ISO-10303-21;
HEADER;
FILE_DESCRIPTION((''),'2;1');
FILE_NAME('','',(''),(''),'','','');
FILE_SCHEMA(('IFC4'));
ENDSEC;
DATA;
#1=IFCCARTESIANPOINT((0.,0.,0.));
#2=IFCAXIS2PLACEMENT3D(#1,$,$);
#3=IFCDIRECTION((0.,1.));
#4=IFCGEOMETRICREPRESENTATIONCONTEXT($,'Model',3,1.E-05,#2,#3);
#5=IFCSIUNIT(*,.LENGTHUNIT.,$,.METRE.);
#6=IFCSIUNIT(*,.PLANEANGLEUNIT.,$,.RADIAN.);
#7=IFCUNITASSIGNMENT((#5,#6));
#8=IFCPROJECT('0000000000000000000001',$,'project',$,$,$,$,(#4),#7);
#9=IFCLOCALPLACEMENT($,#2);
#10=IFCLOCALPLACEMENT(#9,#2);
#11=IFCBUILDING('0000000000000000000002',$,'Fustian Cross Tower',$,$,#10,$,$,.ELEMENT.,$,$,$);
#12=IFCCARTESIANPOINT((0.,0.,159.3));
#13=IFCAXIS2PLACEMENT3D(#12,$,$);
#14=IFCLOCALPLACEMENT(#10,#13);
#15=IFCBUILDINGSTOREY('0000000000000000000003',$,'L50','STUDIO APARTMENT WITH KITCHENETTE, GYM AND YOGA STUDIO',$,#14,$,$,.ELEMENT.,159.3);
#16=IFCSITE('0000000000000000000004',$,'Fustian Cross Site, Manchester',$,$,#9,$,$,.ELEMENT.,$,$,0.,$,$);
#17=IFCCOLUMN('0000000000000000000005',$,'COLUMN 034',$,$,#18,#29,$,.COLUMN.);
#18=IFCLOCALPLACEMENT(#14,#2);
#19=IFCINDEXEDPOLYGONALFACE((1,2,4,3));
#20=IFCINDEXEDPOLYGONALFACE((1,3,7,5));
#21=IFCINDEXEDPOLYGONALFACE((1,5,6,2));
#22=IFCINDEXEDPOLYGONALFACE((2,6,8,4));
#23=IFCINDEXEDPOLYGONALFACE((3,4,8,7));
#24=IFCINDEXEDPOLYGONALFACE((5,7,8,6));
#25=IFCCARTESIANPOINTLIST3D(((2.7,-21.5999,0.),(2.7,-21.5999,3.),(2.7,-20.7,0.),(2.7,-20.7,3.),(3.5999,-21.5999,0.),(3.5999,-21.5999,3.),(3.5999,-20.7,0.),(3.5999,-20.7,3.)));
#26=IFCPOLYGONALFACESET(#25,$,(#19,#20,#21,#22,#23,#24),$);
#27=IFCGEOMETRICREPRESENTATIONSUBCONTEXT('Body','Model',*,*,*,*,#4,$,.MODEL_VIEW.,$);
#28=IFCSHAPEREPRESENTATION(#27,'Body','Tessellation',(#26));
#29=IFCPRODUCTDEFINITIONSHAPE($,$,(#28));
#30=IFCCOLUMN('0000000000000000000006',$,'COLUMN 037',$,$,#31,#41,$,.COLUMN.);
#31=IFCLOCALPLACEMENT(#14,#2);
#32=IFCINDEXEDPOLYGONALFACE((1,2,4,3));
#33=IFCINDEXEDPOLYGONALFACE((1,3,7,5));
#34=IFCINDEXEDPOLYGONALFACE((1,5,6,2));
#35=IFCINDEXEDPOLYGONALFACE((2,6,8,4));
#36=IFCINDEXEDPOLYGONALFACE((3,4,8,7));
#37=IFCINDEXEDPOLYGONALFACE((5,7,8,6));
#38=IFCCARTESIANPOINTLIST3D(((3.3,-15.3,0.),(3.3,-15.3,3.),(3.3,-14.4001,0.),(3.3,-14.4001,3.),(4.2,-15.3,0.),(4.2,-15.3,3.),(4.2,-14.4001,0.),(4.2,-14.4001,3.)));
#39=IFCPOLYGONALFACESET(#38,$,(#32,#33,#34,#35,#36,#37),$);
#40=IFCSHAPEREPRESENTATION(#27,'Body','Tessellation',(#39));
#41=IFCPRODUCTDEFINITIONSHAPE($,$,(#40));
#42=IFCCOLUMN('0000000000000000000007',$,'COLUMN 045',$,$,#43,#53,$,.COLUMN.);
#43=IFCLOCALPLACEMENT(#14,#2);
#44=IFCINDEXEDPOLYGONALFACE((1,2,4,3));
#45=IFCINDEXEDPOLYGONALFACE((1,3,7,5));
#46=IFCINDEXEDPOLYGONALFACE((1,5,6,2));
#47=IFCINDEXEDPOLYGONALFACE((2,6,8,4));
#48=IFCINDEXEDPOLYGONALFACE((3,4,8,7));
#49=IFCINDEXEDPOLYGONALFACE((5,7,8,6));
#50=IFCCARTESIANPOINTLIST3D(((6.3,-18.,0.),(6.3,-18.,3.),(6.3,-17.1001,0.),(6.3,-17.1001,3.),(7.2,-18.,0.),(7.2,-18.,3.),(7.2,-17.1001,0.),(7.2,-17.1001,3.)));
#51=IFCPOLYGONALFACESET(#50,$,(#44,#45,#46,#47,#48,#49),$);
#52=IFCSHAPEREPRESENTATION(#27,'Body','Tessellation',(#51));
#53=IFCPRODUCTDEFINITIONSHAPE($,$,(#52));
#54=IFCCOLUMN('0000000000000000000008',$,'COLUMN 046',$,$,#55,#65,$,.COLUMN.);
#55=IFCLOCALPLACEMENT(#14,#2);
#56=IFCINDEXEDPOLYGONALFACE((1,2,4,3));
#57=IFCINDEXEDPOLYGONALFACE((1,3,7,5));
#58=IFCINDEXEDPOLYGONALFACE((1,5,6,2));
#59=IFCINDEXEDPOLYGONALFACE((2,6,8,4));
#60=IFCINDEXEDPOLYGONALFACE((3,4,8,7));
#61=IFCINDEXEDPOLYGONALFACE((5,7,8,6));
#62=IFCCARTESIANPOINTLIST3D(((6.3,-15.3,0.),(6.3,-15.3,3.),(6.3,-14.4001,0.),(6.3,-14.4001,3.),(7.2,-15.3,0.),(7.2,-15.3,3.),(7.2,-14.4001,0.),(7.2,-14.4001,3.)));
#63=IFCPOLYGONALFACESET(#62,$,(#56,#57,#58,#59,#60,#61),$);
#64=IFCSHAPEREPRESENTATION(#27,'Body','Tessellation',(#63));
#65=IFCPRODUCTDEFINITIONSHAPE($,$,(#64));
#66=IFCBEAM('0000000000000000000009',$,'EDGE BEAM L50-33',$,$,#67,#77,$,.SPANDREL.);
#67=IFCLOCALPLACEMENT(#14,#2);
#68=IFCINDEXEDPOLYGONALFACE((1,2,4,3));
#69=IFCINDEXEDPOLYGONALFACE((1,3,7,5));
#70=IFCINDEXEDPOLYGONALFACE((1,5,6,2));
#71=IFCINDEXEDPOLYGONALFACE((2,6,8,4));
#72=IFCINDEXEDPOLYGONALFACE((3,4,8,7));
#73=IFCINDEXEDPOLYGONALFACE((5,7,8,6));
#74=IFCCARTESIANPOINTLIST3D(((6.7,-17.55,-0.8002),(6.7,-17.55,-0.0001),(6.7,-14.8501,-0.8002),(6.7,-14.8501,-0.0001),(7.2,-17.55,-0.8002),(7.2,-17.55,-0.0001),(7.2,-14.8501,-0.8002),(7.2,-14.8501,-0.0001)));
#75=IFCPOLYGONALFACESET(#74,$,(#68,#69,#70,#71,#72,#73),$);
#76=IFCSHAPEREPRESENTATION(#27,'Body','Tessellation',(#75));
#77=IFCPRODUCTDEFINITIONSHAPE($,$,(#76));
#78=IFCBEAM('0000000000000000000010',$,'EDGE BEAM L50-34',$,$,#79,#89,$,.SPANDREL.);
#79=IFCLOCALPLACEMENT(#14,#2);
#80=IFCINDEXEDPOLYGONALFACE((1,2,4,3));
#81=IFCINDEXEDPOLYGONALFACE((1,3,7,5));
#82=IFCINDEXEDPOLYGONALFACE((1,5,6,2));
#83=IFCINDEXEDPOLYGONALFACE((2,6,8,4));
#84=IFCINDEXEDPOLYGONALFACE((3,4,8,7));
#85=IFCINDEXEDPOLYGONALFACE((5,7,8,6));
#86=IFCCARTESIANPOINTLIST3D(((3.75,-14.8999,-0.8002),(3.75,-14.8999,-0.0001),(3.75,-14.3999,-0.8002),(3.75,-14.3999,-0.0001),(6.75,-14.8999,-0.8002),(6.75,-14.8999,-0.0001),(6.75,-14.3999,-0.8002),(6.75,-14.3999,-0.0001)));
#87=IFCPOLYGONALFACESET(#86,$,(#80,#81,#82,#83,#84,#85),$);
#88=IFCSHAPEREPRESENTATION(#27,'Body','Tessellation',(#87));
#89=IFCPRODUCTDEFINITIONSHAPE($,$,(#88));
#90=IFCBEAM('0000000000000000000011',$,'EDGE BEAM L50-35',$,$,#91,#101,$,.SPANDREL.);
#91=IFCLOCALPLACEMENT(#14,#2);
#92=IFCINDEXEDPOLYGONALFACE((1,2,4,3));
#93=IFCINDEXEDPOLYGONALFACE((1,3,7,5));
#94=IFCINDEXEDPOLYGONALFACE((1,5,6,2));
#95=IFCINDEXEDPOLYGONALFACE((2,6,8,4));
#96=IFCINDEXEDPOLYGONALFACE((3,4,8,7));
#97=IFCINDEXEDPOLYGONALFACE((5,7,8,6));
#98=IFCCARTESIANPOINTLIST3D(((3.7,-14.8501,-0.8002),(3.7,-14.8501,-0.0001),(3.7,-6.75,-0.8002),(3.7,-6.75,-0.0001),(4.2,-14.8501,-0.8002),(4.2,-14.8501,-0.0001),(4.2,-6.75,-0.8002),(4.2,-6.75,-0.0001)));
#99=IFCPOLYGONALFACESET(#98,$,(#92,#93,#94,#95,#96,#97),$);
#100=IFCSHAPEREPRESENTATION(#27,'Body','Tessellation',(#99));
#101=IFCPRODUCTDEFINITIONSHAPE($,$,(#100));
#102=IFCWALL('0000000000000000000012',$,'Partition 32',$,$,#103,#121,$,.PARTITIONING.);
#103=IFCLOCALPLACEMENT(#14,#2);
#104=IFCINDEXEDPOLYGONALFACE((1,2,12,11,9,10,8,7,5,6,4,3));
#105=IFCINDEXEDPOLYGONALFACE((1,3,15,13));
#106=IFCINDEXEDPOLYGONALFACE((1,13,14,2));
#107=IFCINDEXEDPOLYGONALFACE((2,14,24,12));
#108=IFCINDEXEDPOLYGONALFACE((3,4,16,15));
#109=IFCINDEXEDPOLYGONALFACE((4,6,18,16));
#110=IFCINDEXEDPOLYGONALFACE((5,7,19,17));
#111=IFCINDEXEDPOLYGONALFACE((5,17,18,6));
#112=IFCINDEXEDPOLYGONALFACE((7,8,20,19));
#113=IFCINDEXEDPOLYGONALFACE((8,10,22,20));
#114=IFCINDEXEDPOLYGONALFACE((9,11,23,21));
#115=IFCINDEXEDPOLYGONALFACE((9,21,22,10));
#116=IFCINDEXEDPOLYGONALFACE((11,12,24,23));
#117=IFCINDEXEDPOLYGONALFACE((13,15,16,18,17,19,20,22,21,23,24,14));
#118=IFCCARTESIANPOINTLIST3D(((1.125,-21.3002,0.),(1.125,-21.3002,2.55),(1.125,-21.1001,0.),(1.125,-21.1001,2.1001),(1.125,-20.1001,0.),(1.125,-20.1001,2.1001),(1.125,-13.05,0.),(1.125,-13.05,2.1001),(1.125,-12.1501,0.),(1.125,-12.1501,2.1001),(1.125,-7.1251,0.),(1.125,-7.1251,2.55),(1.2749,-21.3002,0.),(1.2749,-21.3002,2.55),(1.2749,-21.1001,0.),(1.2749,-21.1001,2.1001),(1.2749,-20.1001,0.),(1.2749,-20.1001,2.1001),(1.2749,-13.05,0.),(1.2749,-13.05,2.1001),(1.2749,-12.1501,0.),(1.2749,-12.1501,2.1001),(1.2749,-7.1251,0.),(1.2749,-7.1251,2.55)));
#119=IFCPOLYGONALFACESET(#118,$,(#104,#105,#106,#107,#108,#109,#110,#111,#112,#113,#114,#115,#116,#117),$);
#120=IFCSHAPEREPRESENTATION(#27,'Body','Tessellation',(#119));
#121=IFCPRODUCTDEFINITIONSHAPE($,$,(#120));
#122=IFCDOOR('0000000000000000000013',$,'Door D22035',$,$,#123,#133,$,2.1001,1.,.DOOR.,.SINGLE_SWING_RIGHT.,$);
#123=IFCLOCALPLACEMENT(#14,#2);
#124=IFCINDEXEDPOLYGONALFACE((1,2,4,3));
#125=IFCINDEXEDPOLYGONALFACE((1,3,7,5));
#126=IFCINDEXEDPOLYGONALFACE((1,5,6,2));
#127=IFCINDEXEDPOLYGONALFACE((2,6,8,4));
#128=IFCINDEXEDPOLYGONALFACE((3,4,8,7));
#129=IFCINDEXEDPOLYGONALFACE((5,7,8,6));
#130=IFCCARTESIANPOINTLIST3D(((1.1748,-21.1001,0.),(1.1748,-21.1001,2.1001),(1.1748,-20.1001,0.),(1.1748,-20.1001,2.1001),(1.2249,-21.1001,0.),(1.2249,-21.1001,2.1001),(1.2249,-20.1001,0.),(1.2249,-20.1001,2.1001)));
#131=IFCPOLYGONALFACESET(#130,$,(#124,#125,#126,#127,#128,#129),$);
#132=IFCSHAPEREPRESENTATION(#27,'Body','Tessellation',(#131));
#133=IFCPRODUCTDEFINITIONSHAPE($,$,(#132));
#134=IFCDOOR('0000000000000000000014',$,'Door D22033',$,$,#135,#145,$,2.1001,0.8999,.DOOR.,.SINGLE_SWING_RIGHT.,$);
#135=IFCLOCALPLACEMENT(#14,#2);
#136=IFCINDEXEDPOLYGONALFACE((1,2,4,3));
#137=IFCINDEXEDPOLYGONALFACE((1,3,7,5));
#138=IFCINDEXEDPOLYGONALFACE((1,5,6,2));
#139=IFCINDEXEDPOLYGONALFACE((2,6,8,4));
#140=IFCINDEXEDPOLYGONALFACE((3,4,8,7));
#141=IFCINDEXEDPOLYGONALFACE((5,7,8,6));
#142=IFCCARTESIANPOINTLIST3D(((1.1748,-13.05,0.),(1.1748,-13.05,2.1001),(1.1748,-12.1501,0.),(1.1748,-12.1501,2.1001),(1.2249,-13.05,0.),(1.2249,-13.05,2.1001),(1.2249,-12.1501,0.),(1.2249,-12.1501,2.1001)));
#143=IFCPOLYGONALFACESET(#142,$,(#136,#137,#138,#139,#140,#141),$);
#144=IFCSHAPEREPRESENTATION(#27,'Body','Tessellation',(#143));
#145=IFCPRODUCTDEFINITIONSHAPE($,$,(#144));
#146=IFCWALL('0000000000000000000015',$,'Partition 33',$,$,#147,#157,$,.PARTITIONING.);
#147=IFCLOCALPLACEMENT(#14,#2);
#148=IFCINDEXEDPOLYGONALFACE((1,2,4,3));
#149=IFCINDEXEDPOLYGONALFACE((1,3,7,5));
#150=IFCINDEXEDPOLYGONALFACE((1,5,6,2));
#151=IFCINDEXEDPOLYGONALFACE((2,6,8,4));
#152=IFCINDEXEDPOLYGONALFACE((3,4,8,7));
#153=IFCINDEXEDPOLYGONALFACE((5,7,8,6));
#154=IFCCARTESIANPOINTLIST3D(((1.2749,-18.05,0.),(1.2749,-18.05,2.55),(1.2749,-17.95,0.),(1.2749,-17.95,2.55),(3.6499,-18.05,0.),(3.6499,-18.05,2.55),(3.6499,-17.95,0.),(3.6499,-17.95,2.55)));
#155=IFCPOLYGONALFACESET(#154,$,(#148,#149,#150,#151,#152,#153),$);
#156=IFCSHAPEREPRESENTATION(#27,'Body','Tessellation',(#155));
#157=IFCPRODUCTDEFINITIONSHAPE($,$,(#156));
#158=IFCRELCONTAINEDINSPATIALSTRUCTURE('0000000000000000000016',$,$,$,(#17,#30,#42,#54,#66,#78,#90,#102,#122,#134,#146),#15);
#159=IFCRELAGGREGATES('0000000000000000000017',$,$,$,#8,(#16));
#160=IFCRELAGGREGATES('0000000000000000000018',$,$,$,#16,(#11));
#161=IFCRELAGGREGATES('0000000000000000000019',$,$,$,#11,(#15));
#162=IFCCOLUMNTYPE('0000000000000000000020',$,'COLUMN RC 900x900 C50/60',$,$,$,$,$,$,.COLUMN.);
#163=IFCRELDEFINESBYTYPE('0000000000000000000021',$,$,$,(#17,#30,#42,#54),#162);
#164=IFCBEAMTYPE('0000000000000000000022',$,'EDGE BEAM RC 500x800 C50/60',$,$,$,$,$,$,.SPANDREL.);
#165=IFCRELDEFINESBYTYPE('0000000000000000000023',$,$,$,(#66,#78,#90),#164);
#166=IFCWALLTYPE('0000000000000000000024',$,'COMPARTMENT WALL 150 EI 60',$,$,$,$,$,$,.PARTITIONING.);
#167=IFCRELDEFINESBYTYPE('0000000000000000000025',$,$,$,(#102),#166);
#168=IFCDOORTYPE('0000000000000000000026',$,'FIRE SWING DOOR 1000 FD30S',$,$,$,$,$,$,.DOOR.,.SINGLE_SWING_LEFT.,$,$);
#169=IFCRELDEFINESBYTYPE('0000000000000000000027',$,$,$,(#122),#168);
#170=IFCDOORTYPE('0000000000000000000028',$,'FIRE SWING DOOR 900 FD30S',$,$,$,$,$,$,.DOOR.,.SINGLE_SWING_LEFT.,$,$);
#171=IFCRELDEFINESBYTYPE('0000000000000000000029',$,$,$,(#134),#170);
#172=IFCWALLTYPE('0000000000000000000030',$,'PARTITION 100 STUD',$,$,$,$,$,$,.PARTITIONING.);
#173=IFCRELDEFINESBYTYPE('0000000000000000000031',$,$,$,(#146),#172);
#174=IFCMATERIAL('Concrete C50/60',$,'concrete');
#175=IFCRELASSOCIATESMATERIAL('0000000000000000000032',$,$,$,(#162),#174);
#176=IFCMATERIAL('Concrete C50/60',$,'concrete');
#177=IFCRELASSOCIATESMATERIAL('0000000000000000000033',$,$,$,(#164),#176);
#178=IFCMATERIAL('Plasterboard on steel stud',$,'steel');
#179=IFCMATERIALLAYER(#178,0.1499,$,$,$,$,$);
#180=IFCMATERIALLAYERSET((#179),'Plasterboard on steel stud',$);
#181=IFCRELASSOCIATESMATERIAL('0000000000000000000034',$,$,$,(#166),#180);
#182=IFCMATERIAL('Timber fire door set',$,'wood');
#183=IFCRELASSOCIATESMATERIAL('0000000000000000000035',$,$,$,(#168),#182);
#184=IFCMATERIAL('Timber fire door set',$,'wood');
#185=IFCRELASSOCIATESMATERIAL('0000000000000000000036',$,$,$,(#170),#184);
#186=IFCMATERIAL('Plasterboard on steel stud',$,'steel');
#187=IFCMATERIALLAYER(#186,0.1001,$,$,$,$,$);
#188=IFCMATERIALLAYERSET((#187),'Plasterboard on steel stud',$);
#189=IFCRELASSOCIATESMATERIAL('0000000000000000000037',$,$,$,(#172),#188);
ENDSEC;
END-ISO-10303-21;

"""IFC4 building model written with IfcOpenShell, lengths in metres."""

from ifc_helpers import new_model, si_unit, direction, frame, frame_2d, origin, origin_2d, place, context, subcontext, project, spatial, rectangle, extrude, material, layer, layer_set, material_profile, profile_set, type_object, element, fill, save


model = new_model("IFC4")

# Units and contexts
model_context = context("Model", 3, precision=1e-05, world=origin(), true_north=direction((0.0, 1.0)))
body_context = subcontext(model_context, "Body", "Model", "MODEL_VIEW")
ifc_project = project(units=[si_unit("LENGTHUNIT", "METRE"), si_unit("PLANEANGLEUNIT", "RADIAN")], contexts=[model_context])

# Site, building, storey
site_placement = place(None, origin())
site = spatial("IfcSite", under=ifc_project, at=site_placement, Name="Fustian Cross Site, Manchester", CompositionType="ELEMENT", RefElevation=0.0)
building_placement = place(site_placement, origin())
building = spatial("IfcBuilding", under=site, at=building_placement, Name="Fustian Cross Tower", CompositionType="ELEMENT")
storey_placement = place(building_placement, frame((0.0, 0.0, 159.3)))
storey = spatial("IfcBuildingStorey", under=building, at=storey_placement, Name="L50", Description="STUDIO APARTMENT WITH KITCHENETTE, GYM AND YOGA STUDIO", CompositionType="ELEMENT", Elevation=159.3)

# Columns
ifc_material_1 = material(Name="Concrete C50/60", Category="concrete")
ifc_material_profile_1 = material_profile(ifc_material_1, rectangle(XDim=0.8999, YDim=0.8999, at=origin_2d()), Name="RC 900x900")
ifc_profile_set_1 = profile_set([ifc_material_profile_1], Name="Concrete C50/60")
column_type = type_object("IfcColumnType", Name="COLUMN RC 900x900 C50/60", PredefinedType="COLUMN", material=ifc_profile_set_1)
for number, where, z_axis, x_axis, name in (
    (1, (3.1499, -21.1499, 0.0), (0.0, 0.0, 1.0), (1.0, 0.0, 0.0), "COLUMN 034"),
    (2, (3.75, -14.8501, 0.0), (0.0, 0.0, 1.0), (1.0, 0.0, 0.0), "COLUMN 037"),
    (3, (6.75, -17.55, 0.0), (0.0, 0.0, 1.0), (1.0, 0.0, 0.0), "COLUMN 045"),
    (4, (6.75, -14.8501, 0.0), (0.0, 0.0, 1.0), (1.0, 0.0, 0.0), "COLUMN 046"),
):
    element("IfcColumn", number, at=place(storey_placement, frame(where, z_axis=z_axis, x_axis=x_axis)), inside=storey, type_object=column_type, Name=name, PredefinedType="COLUMN", context=body_context, shape_type="SweptSolid", body=[
        extrude(rectangle(XDim=0.8999, YDim=0.8999, at=origin_2d()), origin(), (0.0, 0.0, 1.0), 3.0),
    ])

# Beams
ifc_material_2 = material(Name="Concrete C50/60", Category="concrete")
ifc_material_profile_2 = material_profile(ifc_material_2, rectangle(XDim=0.5, YDim=0.8, at=origin_2d()), Name="RC 500x800")
ifc_profile_set_2 = profile_set([ifc_material_profile_2], Name="Concrete C50/60")
beam_type = type_object("IfcBeamType", Name="EDGE BEAM RC 500x800 C50/60", PredefinedType="SPANDREL", material=ifc_profile_set_2)
beam_1_placement = place(storey_placement, frame((6.95, -17.55, -0.4001), z_axis=(0.0, 1.0, 0.0), x_axis=(-1.0, 0.0, 0.0)))
element("IfcBeam", 5, at=beam_1_placement, inside=storey, type_object=beam_type, Name="EDGE BEAM L50-33", PredefinedType="SPANDREL", context=body_context, shape_type="SweptSolid", body=[
    extrude(rectangle(XDim=0.5, YDim=0.8, at=origin_2d()), origin(), (0.0, 0.0, 1.0), 2.7),
])
beam_2_placement = place(storey_placement, frame((6.75, -14.6499, -0.4001), z_axis=(-1.0, 0.0, 0.0), x_axis=(0.0, -1.0, 0.0)))
element("IfcBeam", 6, at=beam_2_placement, inside=storey, type_object=beam_type, Name="EDGE BEAM L50-34", PredefinedType="SPANDREL", context=body_context, shape_type="SweptSolid", body=[
    extrude(rectangle(XDim=0.5, YDim=0.8, at=origin_2d()), origin(), (0.0, 0.0, 1.0), 3.0),
])
beam_3_placement = place(storey_placement, frame((3.95, -14.8501, -0.4001), z_axis=(0.0, 1.0, 0.0), x_axis=(-1.0, 0.0, 0.0)))
element("IfcBeam", 7, at=beam_3_placement, inside=storey, type_object=beam_type, Name="EDGE BEAM L50-35", PredefinedType="SPANDREL", context=body_context, shape_type="SweptSolid", body=[
    extrude(rectangle(XDim=0.5, YDim=0.8, at=origin_2d()), origin(), (0.0, 0.0, 1.0), 8.1001),
])

# Wall, openings, doors
ifc_material_3 = material(Name="Plasterboard on steel stud", Category="steel")
ifc_layer_1 = layer(ifc_material_3, 0.1499)
ifc_layer_set_1 = layer_set([ifc_layer_1], Name="Plasterboard on steel stud")
wall_type_1 = type_object("IfcWallType", Name="COMPARTMENT WALL 150 EI 60", PredefinedType="PARTITIONING", material=ifc_layer_set_1)
wall_1_placement = place(storey_placement, frame((1.2, -21.3, 0.0), z_axis=(0.0, 0.0, 1.0), x_axis=(0.0, 1.0, 0.0)))
wall_1 = element("IfcWall", 8, at=wall_1_placement, inside=storey, type_object=wall_type_1, Name="Partition 32", PredefinedType="PARTITIONING", context=body_context, shape_type="SweptSolid", body=[
    extrude(rectangle(XDim=14.175, YDim=0.1499, at=frame_2d((7.0874, 0.0))), origin(), (0.0, 0.0, 1.0), 2.55),
])
opening_1_placement = place(wall_1_placement, frame((8.25, 0.0, 0.0)))
opening_1 = element("IfcOpeningElement", 9, at=opening_1_placement, cuts=wall_1, PredefinedType="OPENING", context=body_context, shape_type="SweptSolid", body=[
    extrude(rectangle(XDim=0.8999, YDim=2.1001, at=frame_2d((0.45, 1.05))), frame((0.0, 0.085, 0.0), z_axis=(0.0, -1.0, 0.0), x_axis=(1.0, 0.0, 0.0)), (0.0, 0.0, 1.0), 0.1699),
])
opening_2_placement = place(wall_1_placement, frame((0.2, 0.0, 0.0)))
opening_2 = element("IfcOpeningElement", 10, at=opening_2_placement, cuts=wall_1, PredefinedType="OPENING", context=body_context, shape_type="SweptSolid", body=[
    extrude(rectangle(XDim=1.0, YDim=2.1001, at=frame_2d((0.5, 1.05))), frame((0.0, 0.085, 0.0), z_axis=(0.0, -1.0, 0.0), x_axis=(1.0, 0.0, 0.0)), (0.0, 0.0, 1.0), 0.1699),
])
ifc_material_4 = material(Name="Timber fire door set", Category="wood")
door_type_1 = type_object("IfcDoorType", Name="FIRE SWING DOOR 1000 FD30S", OperationType="SINGLE_SWING_LEFT", PredefinedType="DOOR", material=ifc_material_4)
door_1_placement = place(opening_2_placement, frame((1.0, 0.0, 0.0), z_axis=(0.0, 0.0, 1.0), x_axis=(-1.0, 0.0, 0.0)))
door_1 = element("IfcDoor", 11, at=door_1_placement, inside=storey, type_object=door_type_1, Name="Door D22035", OperationType="SINGLE_SWING_RIGHT", OverallHeight=2.1001, OverallWidth=1.0, PredefinedType="DOOR", context=body_context, shape_type="SweptSolid", body=[
    extrude(rectangle(XDim=1.0, YDim=2.1001, at=frame_2d((0.5, 1.05))), frame((0.0, 0.0249, 0.0), z_axis=(0.0, -1.0, 0.0), x_axis=(1.0, 0.0, 0.0)), (0.0, 0.0, 1.0), 0.05),
])
fill(opening_2, door_1)
ifc_material_5 = material(Name="Timber fire door set", Category="wood")
door_type_2 = type_object("IfcDoorType", Name="FIRE SWING DOOR 900 FD30S", OperationType="SINGLE_SWING_LEFT", PredefinedType="DOOR", material=ifc_material_5)
door_2_placement = place(opening_1_placement, frame((0.8999, 0.0, 0.0), z_axis=(0.0, 0.0, 1.0), x_axis=(-1.0, 0.0, 0.0)))
door_2 = element("IfcDoor", 12, at=door_2_placement, inside=storey, type_object=door_type_2, Name="Door D22033", OperationType="SINGLE_SWING_RIGHT", OverallHeight=2.1001, OverallWidth=0.8999, PredefinedType="DOOR", context=body_context, shape_type="SweptSolid", body=[
    extrude(rectangle(XDim=0.8999, YDim=2.1001, at=frame_2d((0.45, 1.05))), frame((0.0, 0.0249, 0.0), z_axis=(0.0, -1.0, 0.0), x_axis=(1.0, 0.0, 0.0)), (0.0, 0.0, 1.0), 0.05),
])
fill(opening_1, door_2)

# Wall
ifc_material_6 = material(Name="Plasterboard on steel stud", Category="steel")
ifc_layer_2 = layer(ifc_material_6, 0.1001)
ifc_layer_set_2 = layer_set([ifc_layer_2], Name="Plasterboard on steel stud")
wall_type_2 = type_object("IfcWallType", Name="PARTITION 100 STUD", PredefinedType="PARTITIONING", material=ifc_layer_set_2)
wall_2_placement = place(storey_placement, frame((1.2749, -18.0, 0.0), z_axis=(0.0, 0.0, 1.0), x_axis=(1.0, 0.0, 0.0)))
element("IfcWall", 13, at=wall_2_placement, inside=storey, type_object=wall_type_2, Name="Partition 33", PredefinedType="PARTITIONING", context=body_context, shape_type="SweptSolid", body=[
    extrude(rectangle(XDim=2.375, YDim=0.1001, at=frame_2d((1.1875, 0.0))), origin(), (0.0, 0.0, 1.0), 2.55),
])

save(model, "model.ifc")
